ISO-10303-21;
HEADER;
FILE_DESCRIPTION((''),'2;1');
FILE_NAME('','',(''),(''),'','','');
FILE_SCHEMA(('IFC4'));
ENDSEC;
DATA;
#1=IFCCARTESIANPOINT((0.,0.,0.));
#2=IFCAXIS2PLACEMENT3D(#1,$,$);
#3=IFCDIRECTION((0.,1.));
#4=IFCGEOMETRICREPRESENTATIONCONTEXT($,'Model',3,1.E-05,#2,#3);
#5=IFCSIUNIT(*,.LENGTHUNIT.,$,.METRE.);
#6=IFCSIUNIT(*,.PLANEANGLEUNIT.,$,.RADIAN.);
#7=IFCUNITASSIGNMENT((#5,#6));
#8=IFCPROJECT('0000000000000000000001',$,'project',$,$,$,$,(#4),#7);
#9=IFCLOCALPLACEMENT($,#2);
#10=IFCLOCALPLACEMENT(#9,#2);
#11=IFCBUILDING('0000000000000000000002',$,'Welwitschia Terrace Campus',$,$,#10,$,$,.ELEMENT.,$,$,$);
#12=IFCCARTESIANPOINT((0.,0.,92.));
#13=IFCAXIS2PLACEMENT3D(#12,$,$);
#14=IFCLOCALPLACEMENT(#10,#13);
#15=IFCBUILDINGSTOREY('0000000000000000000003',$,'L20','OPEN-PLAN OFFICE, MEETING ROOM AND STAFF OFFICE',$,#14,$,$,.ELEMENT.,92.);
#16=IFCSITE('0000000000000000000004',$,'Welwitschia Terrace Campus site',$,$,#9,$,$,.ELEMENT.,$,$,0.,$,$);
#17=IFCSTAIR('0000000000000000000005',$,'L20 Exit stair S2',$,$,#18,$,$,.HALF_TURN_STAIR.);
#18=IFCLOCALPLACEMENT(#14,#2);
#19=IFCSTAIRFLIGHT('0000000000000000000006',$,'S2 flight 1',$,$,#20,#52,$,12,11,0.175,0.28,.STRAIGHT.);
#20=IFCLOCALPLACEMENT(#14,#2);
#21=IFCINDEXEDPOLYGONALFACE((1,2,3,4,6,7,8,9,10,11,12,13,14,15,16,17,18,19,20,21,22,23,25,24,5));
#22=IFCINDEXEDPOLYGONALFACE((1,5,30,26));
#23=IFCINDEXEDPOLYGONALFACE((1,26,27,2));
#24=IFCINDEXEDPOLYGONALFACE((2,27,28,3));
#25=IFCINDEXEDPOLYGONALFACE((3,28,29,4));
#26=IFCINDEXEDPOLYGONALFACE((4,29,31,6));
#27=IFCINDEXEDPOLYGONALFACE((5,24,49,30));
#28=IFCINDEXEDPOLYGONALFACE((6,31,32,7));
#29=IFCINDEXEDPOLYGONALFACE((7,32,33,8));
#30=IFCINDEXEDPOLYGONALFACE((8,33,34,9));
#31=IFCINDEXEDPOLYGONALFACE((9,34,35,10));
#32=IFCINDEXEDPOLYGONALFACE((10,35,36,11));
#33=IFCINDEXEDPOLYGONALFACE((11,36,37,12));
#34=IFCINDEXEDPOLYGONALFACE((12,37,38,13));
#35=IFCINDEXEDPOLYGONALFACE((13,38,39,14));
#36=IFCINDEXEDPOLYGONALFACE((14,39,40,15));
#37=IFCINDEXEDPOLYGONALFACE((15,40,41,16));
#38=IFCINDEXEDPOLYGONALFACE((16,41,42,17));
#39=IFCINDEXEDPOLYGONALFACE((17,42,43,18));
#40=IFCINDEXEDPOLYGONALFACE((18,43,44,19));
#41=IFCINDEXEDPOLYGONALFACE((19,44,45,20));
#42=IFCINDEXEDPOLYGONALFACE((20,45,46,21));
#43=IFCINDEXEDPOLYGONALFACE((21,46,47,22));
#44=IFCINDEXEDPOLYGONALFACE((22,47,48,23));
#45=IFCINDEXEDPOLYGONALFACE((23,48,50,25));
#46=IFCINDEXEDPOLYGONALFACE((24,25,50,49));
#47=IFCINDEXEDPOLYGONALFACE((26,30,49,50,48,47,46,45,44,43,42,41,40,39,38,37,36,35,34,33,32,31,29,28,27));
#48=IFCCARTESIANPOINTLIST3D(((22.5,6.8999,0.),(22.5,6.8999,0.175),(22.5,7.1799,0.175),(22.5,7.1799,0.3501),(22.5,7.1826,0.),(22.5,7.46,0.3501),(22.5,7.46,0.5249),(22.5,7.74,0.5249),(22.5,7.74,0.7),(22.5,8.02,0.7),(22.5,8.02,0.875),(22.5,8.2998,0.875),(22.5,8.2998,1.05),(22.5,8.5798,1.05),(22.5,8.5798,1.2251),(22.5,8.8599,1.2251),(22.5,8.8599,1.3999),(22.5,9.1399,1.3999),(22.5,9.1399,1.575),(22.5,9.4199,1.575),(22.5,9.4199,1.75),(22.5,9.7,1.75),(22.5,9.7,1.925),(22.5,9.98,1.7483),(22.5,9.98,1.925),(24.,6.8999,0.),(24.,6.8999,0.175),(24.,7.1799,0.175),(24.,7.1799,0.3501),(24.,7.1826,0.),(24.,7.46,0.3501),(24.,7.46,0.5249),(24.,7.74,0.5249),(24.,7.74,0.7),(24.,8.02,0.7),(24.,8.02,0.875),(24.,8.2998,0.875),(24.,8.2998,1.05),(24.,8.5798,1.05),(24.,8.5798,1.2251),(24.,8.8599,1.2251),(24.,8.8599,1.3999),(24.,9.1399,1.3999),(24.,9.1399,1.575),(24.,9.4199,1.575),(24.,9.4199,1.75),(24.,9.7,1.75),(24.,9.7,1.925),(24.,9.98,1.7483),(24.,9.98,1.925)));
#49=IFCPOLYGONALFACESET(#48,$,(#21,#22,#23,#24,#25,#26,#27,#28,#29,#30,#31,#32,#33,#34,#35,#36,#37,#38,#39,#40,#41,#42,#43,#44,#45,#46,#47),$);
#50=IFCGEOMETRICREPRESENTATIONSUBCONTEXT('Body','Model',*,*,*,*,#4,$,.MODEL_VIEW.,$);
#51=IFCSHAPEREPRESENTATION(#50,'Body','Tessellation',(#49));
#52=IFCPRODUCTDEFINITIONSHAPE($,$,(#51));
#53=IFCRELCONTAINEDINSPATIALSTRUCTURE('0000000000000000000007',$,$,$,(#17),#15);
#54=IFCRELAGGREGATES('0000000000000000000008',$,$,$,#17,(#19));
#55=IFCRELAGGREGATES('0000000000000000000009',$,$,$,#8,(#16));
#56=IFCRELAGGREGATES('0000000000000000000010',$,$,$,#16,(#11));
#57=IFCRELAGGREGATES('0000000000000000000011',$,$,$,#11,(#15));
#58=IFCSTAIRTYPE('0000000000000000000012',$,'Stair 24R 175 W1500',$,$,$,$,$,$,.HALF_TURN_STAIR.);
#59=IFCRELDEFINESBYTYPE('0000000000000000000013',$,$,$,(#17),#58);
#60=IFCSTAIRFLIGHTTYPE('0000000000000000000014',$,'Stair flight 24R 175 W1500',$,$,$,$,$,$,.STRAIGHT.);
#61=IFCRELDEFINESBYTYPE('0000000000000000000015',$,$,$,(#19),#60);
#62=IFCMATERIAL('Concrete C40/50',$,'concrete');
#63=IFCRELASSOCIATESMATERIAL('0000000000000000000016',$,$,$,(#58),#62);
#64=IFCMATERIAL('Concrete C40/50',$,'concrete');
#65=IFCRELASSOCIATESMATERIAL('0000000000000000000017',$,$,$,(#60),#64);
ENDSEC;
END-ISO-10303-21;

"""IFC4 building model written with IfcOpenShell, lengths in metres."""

from ifc_helpers import new_model, si_unit, direction, frame, origin, place, context, subcontext, project, spatial, polyline, outline, extrude, material, type_object, element, aggregate, save


model = new_model("IFC4")

# Units and contexts
model_context = context("Model", 3, precision=1e-05, world=origin(), true_north=direction((0.0, 1.0)))
body_context = subcontext(model_context, "Body", "Model", "MODEL_VIEW")
ifc_project = project(units=[si_unit("LENGTHUNIT", "METRE"), si_unit("PLANEANGLEUNIT", "RADIAN")], contexts=[model_context])

# Site, building, storey
site_placement = place(None, origin())
site = spatial("IfcSite", under=ifc_project, at=site_placement, Name="Welwitschia Terrace Campus site", CompositionType="ELEMENT", RefElevation=0.0)
building_placement = place(site_placement, origin())
building = spatial("IfcBuilding", under=site, at=building_placement, Name="Welwitschia Terrace Campus", CompositionType="ELEMENT")
storey_placement = place(building_placement, frame((0.0, 0.0, 92.0)))
storey = spatial("IfcBuildingStorey", under=building, at=storey_placement, Name="L20", Description="OPEN-PLAN OFFICE, MEETING ROOM AND STAFF OFFICE", CompositionType="ELEMENT", Elevation=92.0)

# Stair, stair flight
ifc_material_1 = material(Name="Concrete C40/50", Category="concrete")
stair_type = type_object("IfcStairType", Name="Stair 24R 175 W1500", PredefinedType="HALF_TURN_STAIR", material=ifc_material_1)
stair_placement = place(storey_placement, origin())
stair = element("IfcStair", 1, at=stair_placement, inside=storey, type_object=stair_type, Name="L20 Exit stair S2", PredefinedType="HALF_TURN_STAIR")
ifc_material_2 = material(Name="Concrete C40/50", Category="concrete")
stair_flight_type = type_object("IfcStairFlightType", Name="Stair flight 24R 175 W1500", PredefinedType="STRAIGHT", material=ifc_material_2)
stair_flight_placement = place(storey_placement, frame((23.25, 6.8999, 0.0), z_axis=(0.0, 0.0, 1.0), x_axis=(0.0, 1.0, 0.0)))
stair_flight = element("IfcStairFlight", 2, at=stair_flight_placement, type_object=stair_flight_type, Name="S2 flight 1", NumberOfRisers=12, NumberOfTreads=11, PredefinedType="STRAIGHT", RiserHeight=0.175, TreadLength=0.28, context=body_context, shape_type="SweptSolid", body=[
    extrude(outline(polyline([(0.0, 0.0), (0.0, 0.175), (0.28, 0.175), (0.28, 0.3501), (0.5601, 0.3501), (0.5601, 0.5249), (0.8401, 0.5249), (0.8401, 0.7), (1.1201, 0.7), (1.1201, 0.875), (1.3999, 0.875), (1.3999, 1.05), (1.6799, 1.05), (1.6799, 1.2251), (1.96, 1.2251), (1.96, 1.3999), (2.24, 1.3999), (2.24, 1.575), (2.52, 1.575), (2.52, 1.75), (2.8, 1.75), (2.8, 1.925), (3.0801, 1.925), (3.0801, 2.1001), (3.0801, 1.7483), (0.2827, 0.0), (0.0, 0.0)])), frame((0.0, 0.75, 0.0), z_axis=(0.0, -1.0, 0.0), x_axis=(1.0, 0.0, 0.0)), (0.0, 0.0, 1.0), 1.5),
])
aggregate(stair, [stair_flight])

save(model, "model.ifc")
